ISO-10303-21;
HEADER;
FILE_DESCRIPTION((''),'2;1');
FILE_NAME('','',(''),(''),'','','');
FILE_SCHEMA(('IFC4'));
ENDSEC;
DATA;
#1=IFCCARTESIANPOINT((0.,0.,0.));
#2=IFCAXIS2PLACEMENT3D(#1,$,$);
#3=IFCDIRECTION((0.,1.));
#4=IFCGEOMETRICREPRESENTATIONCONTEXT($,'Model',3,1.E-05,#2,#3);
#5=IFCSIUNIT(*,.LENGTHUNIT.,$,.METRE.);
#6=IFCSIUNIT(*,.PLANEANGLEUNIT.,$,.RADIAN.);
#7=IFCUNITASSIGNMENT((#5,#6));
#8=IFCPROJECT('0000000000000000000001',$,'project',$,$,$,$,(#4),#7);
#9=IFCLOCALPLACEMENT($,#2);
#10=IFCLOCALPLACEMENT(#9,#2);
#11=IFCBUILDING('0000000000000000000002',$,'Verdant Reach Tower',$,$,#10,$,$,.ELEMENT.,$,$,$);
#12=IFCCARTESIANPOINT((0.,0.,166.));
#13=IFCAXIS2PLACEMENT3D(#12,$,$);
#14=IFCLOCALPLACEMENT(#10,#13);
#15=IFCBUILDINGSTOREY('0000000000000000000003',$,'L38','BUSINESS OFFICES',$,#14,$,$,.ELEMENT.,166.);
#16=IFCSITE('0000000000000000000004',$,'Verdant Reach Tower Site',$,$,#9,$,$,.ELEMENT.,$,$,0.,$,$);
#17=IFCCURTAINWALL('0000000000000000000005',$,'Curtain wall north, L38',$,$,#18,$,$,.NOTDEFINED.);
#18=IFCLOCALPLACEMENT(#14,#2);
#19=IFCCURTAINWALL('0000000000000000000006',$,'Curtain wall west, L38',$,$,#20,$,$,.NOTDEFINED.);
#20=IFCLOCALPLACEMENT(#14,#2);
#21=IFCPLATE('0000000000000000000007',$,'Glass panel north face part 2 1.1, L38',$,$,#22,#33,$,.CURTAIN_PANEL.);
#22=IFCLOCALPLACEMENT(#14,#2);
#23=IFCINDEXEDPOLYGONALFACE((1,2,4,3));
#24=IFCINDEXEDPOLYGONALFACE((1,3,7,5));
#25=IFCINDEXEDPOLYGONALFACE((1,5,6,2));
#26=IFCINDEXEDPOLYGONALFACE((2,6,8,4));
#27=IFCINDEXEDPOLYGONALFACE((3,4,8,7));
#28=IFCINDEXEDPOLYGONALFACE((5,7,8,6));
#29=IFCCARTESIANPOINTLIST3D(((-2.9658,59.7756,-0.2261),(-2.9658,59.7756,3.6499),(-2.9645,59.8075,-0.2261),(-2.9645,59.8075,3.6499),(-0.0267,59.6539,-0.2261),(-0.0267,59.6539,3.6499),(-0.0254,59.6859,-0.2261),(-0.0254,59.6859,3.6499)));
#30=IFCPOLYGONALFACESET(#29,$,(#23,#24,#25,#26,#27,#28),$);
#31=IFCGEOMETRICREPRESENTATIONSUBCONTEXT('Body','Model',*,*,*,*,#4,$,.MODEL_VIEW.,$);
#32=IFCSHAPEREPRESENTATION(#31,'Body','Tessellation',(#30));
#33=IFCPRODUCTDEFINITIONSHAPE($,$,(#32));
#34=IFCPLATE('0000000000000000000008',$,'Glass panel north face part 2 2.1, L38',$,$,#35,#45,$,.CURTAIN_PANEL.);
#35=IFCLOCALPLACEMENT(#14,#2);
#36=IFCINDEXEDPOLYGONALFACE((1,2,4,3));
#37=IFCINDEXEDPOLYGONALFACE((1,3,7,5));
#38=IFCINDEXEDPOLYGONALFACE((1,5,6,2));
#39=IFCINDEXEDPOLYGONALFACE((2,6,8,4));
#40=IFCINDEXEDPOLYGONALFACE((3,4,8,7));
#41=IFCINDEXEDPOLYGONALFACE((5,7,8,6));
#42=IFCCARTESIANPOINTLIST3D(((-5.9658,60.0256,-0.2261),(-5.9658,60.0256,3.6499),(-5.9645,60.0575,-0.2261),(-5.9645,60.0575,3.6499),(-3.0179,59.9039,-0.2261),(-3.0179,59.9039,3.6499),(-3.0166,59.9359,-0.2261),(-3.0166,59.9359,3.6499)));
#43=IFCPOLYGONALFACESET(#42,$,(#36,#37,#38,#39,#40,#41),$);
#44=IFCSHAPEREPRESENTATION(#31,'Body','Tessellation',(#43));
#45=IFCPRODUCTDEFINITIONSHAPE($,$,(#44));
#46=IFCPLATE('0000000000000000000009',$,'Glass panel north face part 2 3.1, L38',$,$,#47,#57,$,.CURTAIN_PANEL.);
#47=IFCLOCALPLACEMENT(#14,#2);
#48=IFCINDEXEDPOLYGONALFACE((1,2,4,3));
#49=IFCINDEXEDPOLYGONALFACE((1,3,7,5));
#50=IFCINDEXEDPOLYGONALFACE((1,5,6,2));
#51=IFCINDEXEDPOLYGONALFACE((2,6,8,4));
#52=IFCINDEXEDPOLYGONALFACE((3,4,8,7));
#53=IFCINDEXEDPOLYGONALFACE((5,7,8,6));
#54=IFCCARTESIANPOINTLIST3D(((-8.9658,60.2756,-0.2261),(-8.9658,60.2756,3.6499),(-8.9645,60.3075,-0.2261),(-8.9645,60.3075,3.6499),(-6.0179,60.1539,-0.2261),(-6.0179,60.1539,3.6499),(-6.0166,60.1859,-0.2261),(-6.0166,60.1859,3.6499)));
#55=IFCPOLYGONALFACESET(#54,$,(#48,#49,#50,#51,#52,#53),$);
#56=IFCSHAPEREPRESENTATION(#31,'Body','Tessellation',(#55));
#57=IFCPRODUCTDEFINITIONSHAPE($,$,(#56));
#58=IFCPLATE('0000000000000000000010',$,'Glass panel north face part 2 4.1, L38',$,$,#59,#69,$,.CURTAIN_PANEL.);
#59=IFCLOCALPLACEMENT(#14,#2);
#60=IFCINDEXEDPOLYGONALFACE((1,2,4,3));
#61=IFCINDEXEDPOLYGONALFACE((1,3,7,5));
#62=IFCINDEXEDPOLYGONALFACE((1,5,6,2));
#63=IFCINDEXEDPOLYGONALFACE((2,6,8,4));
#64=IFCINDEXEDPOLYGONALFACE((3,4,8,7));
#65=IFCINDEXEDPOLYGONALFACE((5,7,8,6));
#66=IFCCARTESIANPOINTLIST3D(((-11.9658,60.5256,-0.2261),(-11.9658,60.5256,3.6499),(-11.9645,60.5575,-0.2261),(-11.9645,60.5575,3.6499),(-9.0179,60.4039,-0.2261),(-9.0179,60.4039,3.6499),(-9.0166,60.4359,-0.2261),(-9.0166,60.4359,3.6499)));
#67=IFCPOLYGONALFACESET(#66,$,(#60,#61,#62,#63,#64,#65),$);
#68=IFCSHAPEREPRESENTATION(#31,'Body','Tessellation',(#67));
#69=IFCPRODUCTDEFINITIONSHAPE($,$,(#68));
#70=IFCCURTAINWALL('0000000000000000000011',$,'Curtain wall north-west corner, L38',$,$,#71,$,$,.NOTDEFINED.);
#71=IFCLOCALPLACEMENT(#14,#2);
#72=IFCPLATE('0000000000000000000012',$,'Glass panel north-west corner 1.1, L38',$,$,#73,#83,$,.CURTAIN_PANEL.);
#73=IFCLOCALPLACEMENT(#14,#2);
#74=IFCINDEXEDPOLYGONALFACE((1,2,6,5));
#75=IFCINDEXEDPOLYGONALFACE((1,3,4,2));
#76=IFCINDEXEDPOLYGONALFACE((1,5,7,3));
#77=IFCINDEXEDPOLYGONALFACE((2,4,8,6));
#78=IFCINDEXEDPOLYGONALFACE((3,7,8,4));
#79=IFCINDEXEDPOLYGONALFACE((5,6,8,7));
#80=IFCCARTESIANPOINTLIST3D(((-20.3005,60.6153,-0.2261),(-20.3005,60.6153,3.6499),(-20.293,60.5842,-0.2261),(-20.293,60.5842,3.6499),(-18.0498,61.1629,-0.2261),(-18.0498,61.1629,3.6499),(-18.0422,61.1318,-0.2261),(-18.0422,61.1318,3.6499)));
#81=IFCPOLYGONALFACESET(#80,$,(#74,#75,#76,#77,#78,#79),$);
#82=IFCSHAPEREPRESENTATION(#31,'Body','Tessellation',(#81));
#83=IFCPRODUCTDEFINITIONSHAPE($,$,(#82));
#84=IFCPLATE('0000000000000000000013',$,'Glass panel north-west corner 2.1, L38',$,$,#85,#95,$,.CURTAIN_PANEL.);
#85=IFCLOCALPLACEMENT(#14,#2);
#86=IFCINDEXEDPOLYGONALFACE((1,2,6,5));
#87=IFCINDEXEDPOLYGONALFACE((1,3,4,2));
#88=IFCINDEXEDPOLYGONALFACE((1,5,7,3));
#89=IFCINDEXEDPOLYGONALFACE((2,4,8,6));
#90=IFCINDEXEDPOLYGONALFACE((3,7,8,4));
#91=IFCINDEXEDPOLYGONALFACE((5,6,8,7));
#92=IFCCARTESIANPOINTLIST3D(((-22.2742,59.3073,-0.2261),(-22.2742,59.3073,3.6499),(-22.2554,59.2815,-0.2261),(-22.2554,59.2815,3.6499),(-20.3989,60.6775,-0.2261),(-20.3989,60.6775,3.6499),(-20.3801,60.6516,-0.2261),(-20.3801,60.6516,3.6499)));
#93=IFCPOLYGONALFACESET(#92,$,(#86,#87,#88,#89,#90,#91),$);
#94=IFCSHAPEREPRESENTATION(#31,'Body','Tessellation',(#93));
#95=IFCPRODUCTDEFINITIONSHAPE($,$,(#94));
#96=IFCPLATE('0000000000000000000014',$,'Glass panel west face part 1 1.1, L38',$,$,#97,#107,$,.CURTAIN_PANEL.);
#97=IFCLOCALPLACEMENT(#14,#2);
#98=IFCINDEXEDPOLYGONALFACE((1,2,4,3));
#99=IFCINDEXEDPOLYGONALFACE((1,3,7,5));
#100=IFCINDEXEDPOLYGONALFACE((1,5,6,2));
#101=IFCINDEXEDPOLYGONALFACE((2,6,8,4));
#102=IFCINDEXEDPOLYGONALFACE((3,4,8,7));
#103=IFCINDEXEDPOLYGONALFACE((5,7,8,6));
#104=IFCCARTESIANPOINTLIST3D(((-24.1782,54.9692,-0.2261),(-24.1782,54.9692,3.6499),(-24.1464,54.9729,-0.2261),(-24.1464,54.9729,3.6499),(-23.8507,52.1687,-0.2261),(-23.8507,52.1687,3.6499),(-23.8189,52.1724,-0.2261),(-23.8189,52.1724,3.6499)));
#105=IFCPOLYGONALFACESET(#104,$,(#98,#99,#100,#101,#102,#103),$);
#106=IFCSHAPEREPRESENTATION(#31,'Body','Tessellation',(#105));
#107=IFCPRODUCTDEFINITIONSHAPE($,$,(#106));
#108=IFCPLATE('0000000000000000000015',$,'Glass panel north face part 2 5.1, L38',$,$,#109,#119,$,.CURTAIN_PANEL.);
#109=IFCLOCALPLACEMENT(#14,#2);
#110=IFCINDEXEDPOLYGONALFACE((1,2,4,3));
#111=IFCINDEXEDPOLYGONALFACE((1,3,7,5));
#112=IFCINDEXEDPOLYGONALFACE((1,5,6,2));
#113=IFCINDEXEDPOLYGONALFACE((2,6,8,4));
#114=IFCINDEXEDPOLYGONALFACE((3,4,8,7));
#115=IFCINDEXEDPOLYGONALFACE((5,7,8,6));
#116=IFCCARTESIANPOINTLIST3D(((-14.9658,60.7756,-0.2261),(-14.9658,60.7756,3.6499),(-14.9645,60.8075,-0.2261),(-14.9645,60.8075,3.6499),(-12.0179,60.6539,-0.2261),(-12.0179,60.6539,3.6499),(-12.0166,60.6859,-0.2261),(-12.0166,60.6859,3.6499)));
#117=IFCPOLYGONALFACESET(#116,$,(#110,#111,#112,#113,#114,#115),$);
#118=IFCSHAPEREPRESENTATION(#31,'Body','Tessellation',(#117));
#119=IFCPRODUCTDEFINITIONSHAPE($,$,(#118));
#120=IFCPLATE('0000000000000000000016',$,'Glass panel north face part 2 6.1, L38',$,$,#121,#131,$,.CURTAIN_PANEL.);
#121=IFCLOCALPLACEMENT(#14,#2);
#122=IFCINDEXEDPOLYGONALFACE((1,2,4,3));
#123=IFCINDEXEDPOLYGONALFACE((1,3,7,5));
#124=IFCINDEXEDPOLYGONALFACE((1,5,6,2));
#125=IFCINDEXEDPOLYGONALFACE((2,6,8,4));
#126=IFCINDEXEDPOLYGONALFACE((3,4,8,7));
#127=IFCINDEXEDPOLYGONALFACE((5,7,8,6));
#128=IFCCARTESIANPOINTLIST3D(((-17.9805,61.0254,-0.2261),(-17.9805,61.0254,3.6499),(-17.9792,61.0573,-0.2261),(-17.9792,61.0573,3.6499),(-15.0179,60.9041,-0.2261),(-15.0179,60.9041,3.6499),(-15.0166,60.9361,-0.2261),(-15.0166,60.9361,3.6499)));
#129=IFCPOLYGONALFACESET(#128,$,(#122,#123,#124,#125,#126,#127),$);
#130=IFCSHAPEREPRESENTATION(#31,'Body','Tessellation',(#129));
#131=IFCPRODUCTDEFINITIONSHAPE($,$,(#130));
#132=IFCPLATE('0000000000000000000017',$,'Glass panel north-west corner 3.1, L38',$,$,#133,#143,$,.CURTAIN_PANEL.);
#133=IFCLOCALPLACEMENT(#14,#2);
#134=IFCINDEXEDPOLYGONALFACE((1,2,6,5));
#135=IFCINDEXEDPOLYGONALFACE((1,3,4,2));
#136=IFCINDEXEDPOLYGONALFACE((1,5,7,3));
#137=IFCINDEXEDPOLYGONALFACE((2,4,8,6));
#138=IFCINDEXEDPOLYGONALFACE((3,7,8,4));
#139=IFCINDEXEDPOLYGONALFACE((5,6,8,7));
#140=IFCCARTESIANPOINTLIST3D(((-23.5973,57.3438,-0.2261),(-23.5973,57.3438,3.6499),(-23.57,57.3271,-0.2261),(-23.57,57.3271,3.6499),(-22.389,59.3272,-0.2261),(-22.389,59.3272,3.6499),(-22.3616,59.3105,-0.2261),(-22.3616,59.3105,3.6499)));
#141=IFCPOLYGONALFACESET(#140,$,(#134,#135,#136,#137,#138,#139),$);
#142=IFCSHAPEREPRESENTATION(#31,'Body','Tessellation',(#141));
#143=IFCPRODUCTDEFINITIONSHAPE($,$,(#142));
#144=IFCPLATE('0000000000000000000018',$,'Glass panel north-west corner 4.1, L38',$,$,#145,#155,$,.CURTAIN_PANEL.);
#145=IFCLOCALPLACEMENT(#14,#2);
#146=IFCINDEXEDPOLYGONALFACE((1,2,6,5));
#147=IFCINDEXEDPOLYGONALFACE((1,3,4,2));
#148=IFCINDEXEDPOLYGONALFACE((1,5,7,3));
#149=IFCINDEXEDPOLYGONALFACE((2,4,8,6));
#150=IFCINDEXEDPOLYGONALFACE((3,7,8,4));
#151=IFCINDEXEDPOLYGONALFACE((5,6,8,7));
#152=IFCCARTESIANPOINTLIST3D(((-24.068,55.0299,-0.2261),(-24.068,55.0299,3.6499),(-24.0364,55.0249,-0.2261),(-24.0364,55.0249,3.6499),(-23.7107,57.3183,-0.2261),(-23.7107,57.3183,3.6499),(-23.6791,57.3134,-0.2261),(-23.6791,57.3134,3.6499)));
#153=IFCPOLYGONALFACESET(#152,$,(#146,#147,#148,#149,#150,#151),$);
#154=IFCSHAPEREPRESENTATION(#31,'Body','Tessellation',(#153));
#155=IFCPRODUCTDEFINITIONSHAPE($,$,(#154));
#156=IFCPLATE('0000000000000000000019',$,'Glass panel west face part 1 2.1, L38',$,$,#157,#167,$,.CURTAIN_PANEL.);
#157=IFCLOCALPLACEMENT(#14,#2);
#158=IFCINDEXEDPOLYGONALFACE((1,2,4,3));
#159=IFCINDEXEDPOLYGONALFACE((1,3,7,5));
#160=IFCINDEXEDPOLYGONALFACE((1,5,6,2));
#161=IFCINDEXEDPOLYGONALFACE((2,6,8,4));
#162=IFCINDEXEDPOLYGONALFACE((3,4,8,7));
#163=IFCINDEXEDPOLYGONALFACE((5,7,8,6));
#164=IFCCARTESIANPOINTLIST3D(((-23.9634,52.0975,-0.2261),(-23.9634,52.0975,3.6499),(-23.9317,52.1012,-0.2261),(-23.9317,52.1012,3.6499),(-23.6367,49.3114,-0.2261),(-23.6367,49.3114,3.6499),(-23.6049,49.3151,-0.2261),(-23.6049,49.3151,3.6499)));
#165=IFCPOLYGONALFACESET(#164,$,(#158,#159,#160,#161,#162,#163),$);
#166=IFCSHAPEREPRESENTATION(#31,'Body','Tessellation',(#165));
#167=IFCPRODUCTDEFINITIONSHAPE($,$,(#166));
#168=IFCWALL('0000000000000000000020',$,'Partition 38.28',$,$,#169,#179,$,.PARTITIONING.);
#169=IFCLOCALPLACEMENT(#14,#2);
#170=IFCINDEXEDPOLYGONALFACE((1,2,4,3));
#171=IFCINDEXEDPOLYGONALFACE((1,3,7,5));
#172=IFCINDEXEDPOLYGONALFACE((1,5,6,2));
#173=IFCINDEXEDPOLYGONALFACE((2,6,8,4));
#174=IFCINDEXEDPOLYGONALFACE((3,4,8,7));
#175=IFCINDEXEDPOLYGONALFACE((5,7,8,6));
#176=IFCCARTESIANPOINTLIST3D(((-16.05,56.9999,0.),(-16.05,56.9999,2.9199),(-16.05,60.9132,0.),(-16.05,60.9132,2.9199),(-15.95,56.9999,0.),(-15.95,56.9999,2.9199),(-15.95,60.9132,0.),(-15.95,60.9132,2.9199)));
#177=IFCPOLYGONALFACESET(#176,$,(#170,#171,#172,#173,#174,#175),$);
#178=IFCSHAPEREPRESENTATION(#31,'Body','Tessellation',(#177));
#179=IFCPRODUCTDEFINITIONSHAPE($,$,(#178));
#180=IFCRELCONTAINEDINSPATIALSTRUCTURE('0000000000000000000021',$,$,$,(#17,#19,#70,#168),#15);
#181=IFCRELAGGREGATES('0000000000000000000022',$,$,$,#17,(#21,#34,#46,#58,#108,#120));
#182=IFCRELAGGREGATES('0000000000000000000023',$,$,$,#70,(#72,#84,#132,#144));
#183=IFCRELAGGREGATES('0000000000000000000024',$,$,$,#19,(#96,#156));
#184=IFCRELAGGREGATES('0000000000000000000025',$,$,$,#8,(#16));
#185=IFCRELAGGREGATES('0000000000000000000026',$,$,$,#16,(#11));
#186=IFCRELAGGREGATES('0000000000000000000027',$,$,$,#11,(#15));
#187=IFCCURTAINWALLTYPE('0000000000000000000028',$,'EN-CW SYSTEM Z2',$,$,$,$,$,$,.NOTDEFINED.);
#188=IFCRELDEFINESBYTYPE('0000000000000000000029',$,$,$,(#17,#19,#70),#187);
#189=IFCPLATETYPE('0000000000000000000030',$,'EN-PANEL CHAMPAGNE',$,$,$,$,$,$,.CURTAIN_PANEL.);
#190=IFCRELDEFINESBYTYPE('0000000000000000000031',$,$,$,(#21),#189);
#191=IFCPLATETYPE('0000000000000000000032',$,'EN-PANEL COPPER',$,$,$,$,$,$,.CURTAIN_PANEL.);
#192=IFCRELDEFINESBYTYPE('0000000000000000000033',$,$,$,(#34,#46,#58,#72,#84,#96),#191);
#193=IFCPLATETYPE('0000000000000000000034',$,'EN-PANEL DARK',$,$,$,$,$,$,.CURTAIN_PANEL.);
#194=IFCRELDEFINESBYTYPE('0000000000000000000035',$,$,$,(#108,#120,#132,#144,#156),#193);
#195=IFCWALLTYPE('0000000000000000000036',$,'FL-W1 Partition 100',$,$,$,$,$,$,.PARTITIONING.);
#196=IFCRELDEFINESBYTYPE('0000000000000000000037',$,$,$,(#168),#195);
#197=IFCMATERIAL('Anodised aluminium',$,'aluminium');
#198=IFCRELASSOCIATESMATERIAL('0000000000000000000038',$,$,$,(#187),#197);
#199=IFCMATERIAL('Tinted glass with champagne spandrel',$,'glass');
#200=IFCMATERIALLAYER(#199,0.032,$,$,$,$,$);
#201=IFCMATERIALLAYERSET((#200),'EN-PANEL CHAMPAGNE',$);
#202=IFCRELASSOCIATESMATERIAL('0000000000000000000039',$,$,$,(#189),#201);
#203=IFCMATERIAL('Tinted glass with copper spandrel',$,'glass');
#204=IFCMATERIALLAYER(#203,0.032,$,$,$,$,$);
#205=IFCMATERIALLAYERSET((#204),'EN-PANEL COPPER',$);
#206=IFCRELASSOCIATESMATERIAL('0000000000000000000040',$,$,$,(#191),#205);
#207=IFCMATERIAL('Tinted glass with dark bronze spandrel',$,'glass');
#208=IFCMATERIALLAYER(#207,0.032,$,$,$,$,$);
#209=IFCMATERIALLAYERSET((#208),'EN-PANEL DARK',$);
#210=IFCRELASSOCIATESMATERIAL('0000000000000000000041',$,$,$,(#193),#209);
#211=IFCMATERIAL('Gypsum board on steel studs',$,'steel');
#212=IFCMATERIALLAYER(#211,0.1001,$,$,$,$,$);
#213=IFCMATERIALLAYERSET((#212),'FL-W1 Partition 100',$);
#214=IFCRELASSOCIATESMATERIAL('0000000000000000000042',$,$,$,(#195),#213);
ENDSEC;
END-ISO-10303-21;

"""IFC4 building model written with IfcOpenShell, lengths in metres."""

from ifc_helpers import new_model, si_unit, direction, frame, frame_2d, origin, origin_2d, place, context, subcontext, project, spatial, rectangle, extrude, material, layer, layer_set, type_object, element, aggregate, save


model = new_model("IFC4")

# Units and contexts
model_context = context("Model", 3, precision=1e-05, world=origin(), true_north=direction((0.0, 1.0)))
body_context = subcontext(model_context, "Body", "Model", "MODEL_VIEW")
ifc_project = project(units=[si_unit("LENGTHUNIT", "METRE"), si_unit("PLANEANGLEUNIT", "RADIAN")], contexts=[model_context])

# Site, building, storey
site_placement = place(None, origin())
site = spatial("IfcSite", under=ifc_project, at=site_placement, Name="Verdant Reach Tower Site", CompositionType="ELEMENT", RefElevation=0.0)
building_placement = place(site_placement, origin())
building = spatial("IfcBuilding", under=site, at=building_placement, Name="Verdant Reach Tower", CompositionType="ELEMENT")
storey_placement = place(building_placement, frame((0.0, 0.0, 166.0)))
storey = spatial("IfcBuildingStorey", under=building, at=storey_placement, Name="L38", Description="BUSINESS OFFICES", CompositionType="ELEMENT", Elevation=166.0)

# Curtain walls
ifc_material_1 = material(Name="Anodised aluminium", Category="aluminium")
curtain_wall_type = type_object("IfcCurtainWallType", Name="EN-CW SYSTEM Z2", PredefinedType="NOTDEFINED", material=ifc_material_1)
curtain_wall_1_placement = place(storey_placement, origin())
curtain_wall_1 = element("IfcCurtainWall", 1, at=curtain_wall_1_placement, inside=storey, type_object=curtain_wall_type, Name="Curtain wall north, L38", PredefinedType="NOTDEFINED")
curtain_wall_2_placement = place(storey_placement, origin())
curtain_wall_2 = element("IfcCurtainWall", 2, at=curtain_wall_2_placement, inside=storey, type_object=curtain_wall_type, Name="Curtain wall west, L38", PredefinedType="NOTDEFINED")

# Plates
ifc_material_2 = material(Name="Tinted glass with champagne spandrel", Category="glass")
ifc_layer_1 = layer(ifc_material_2, 0.032)
ifc_layer_set_1 = layer_set([ifc_layer_1], Name="EN-PANEL CHAMPAGNE")
plate_type_1 = type_object("IfcPlateType", Name="EN-PANEL CHAMPAGNE", PredefinedType="CURTAIN_PANEL", material=ifc_layer_set_1)
plate_1_placement = place(storey_placement, frame((-1.4956, 59.7307, -0.2261), z_axis=(0.0, 0.0, 1.0), x_axis=(-0.999144, 0.041364, 0.0)))
plate_1 = element("IfcPlate", 3, at=plate_1_placement, type_object=plate_type_1, Name="Glass panel north face part 2 1.1, L38", PredefinedType="CURTAIN_PANEL", context=body_context, shape_type="SweptSolid", body=[
    extrude(rectangle(XDim=2.9417, YDim=0.032, at=origin_2d()), origin(), (0.0, 0.0, 1.0), 3.876),
])
ifc_material_3 = material(Name="Tinted glass with copper spandrel", Category="glass")
ifc_layer_2 = layer(ifc_material_3, 0.032)
ifc_layer_set_2 = layer_set([ifc_layer_2], Name="EN-PANEL COPPER")
plate_type_2 = type_object("IfcPlateType", Name="EN-PANEL COPPER", PredefinedType="CURTAIN_PANEL", material=ifc_layer_set_2)
plate_2_placement = place(storey_placement, frame((-4.4912, 59.9807, -0.2261), z_axis=(0.0, 0.0, 1.0), x_axis=(-0.999149, 0.041242, 0.0)))
plate_2 = element("IfcPlate", 4, at=plate_2_placement, type_object=plate_type_2, Name="Glass panel north face part 2 2.1, L38", PredefinedType="CURTAIN_PANEL", context=body_context, shape_type="SweptSolid", body=[
    extrude(rectangle(XDim=2.9504, YDim=0.032, at=origin_2d()), origin(), (0.0, 0.0, 1.0), 3.876),
])
plate_3_placement = place(storey_placement, frame((-7.4912, 60.2307, -0.2261), z_axis=(0.0, 0.0, 1.0), x_axis=(-0.999149, 0.041242, 0.0)))
plate_3 = element("IfcPlate", 5, at=plate_3_placement, type_object=plate_type_2, Name="Glass panel north face part 2 3.1, L38", PredefinedType="CURTAIN_PANEL", context=body_context, shape_type="SweptSolid", body=[
    extrude(rectangle(XDim=2.9504, YDim=0.032, at=origin_2d()), origin(), (0.0, 0.0, 1.0), 3.876),
])
plate_4_placement = place(storey_placement, frame((-10.4912, 60.4807, -0.2261), z_axis=(0.0, 0.0, 1.0), x_axis=(-0.999149, 0.041242, 0.0)))
plate_4 = element("IfcPlate", 6, at=plate_4_placement, type_object=plate_type_2, Name="Glass panel north face part 2 4.1, L38", PredefinedType="CURTAIN_PANEL", context=body_context, shape_type="SweptSolid", body=[
    extrude(rectangle(XDim=2.9504, YDim=0.032, at=origin_2d()), origin(), (0.0, 0.0, 1.0), 3.876),
])

# Curtain wall, plates
curtain_wall_3_placement = place(storey_placement, origin())
curtain_wall_3 = element("IfcCurtainWall", 7, at=curtain_wall_3_placement, inside=storey, type_object=curtain_wall_type, Name="Curtain wall north-west corner, L38", PredefinedType="NOTDEFINED")
plate_5_placement = place(storey_placement, frame((-19.1714, 60.8735, -0.2261), z_axis=(0.0, 0.0, 1.0), x_axis=(-0.971658, -0.236391, 0.0)))
plate_5 = element("IfcPlate", 8, at=plate_5_placement, type_object=plate_type_2, Name="Glass panel north-west corner 1.1, L38", PredefinedType="CURTAIN_PANEL", context=body_context, shape_type="SweptSolid", body=[
    extrude(rectangle(XDim=2.3164, YDim=0.032, at=origin_2d()), origin(), (0.0, 0.0, 1.0), 3.876),
])
plate_6_placement = place(storey_placement, frame((-21.3271, 59.9795, -0.2261), z_axis=(0.0, 0.0, 1.0), x_axis=(-0.807457, -0.589927, 0.0)))
plate_6 = element("IfcPlate", 9, at=plate_6_placement, type_object=plate_type_2, Name="Glass panel north-west corner 2.1, L38", PredefinedType="CURTAIN_PANEL", context=body_context, shape_type="SweptSolid", body=[
    extrude(rectangle(XDim=2.3225, YDim=0.032, at=origin_2d()), origin(), (0.0, 0.0, 1.0), 3.876),
])

# Plates
plate_7_placement = place(storey_placement, frame((-23.9985, 53.5708, -0.2261), z_axis=(0.0, 0.0, 1.0), x_axis=(0.116147, -0.993232, 0.0)))
plate_7 = element("IfcPlate", 10, at=plate_7_placement, type_object=plate_type_2, Name="Glass panel west face part 1 1.1, L38", PredefinedType="CURTAIN_PANEL", context=body_context, shape_type="SweptSolid", body=[
    extrude(rectangle(XDim=2.8196, YDim=0.032, at=origin_2d()), origin(), (0.0, 0.0, 1.0), 3.876),
])
ifc_material_4 = material(Name="Tinted glass with dark bronze spandrel", Category="glass")
ifc_layer_3 = layer(ifc_material_4, 0.032)
ifc_layer_set_3 = layer_set([ifc_layer_3], Name="EN-PANEL DARK")
plate_type_3 = type_object("IfcPlateType", Name="EN-PANEL DARK", PredefinedType="CURTAIN_PANEL", material=ifc_layer_set_3)
plate_8_placement = place(storey_placement, frame((-13.4912, 60.7307, -0.2261), z_axis=(0.0, 0.0, 1.0), x_axis=(-0.999149, 0.041242, 0.0)))
plate_8 = element("IfcPlate", 11, at=plate_8_placement, type_object=plate_type_3, Name="Glass panel north face part 2 5.1, L38", PredefinedType="CURTAIN_PANEL", context=body_context, shape_type="SweptSolid", body=[
    extrude(rectangle(XDim=2.9504, YDim=0.032, at=origin_2d()), origin(), (0.0, 0.0, 1.0), 3.876),
])
plate_9_placement = place(storey_placement, frame((-16.4985, 60.9807, -0.2261), z_axis=(0.0, 0.0, 1.0), x_axis=(-0.999163, 0.0409, 0.0)))
plate_9 = element("IfcPlate", 12, at=plate_9_placement, type_object=plate_type_3, Name="Glass panel north face part 2 6.1, L38", PredefinedType="CURTAIN_PANEL", context=body_context, shape_type="SweptSolid", body=[
    extrude(rectangle(XDim=2.9651, YDim=0.032, at=origin_2d()), origin(), (0.0, 0.0, 1.0), 3.876),
])
aggregate(curtain_wall_1, [plate_1, plate_2, plate_3, plate_4, plate_8, plate_9])
plate_10_placement = place(storey_placement, frame((-22.9795, 58.3271, -0.2261), z_axis=(0.0, 0.0, 1.0), x_axis=(-0.520292, -0.853989, 0.0)))
plate_10 = element("IfcPlate", 13, at=plate_10_placement, type_object=plate_type_3, Name="Glass panel north-west corner 3.1, L38", PredefinedType="CURTAIN_PANEL", context=body_context, shape_type="SweptSolid", body=[
    extrude(rectangle(XDim=2.3225, YDim=0.032, at=origin_2d()), origin(), (0.0, 0.0, 1.0), 3.876),
])
plate_11_placement = place(storey_placement, frame((-23.8735, 56.1716, -0.2261), z_axis=(0.0, 0.0, 1.0), x_axis=(-0.154281, -0.988027, 0.0)))
plate_11 = element("IfcPlate", 14, at=plate_11_placement, type_object=plate_type_3, Name="Glass panel north-west corner 4.1, L38", PredefinedType="CURTAIN_PANEL", context=body_context, shape_type="SweptSolid", body=[
    extrude(rectangle(XDim=2.3162, YDim=0.032, at=origin_2d()), origin(), (0.0, 0.0, 1.0), 3.876),
])
aggregate(curtain_wall_3, [plate_5, plate_6, plate_10, plate_11])
plate_12_placement = place(storey_placement, frame((-23.7842, 50.7063, -0.2261), z_axis=(0.0, 0.0, 1.0), x_axis=(0.116483, -0.993193, 0.0)))
plate_12 = element("IfcPlate", 15, at=plate_12_placement, type_object=plate_type_3, Name="Glass panel west face part 1 2.1, L38", PredefinedType="CURTAIN_PANEL", context=body_context, shape_type="SweptSolid", body=[
    extrude(rectangle(XDim=2.8052, YDim=0.032, at=origin_2d()), origin(), (0.0, 0.0, 1.0), 3.876),
])
aggregate(curtain_wall_2, [plate_7, plate_12])

# Wall
ifc_material_5 = material(Name="Gypsum board on steel studs", Category="steel")
ifc_layer_4 = layer(ifc_material_5, 0.1001)
ifc_layer_set_4 = layer_set([ifc_layer_4], Name="FL-W1 Partition 100")
wall_type = type_object("IfcWallType", Name="FL-W1 Partition 100", PredefinedType="PARTITIONING", material=ifc_layer_set_4)
wall_1_placement = place(storey_placement, frame((-16.0, 57.0, 0.0), z_axis=(0.0, 0.0, 1.0), x_axis=(0.0, 1.0, 0.0)))
element("IfcWall", 16, at=wall_1_placement, inside=storey, type_object=wall_type, Name="Partition 38.28", PredefinedType="PARTITIONING", context=body_context, shape_type="SweptSolid", body=[
    extrude(rectangle(XDim=3.9133, YDim=0.1001, at=frame_2d((1.9565, 0.0))), origin(), (0.0, 0.0, 1.0), 2.9199),
])

save(model, "model.ifc")
